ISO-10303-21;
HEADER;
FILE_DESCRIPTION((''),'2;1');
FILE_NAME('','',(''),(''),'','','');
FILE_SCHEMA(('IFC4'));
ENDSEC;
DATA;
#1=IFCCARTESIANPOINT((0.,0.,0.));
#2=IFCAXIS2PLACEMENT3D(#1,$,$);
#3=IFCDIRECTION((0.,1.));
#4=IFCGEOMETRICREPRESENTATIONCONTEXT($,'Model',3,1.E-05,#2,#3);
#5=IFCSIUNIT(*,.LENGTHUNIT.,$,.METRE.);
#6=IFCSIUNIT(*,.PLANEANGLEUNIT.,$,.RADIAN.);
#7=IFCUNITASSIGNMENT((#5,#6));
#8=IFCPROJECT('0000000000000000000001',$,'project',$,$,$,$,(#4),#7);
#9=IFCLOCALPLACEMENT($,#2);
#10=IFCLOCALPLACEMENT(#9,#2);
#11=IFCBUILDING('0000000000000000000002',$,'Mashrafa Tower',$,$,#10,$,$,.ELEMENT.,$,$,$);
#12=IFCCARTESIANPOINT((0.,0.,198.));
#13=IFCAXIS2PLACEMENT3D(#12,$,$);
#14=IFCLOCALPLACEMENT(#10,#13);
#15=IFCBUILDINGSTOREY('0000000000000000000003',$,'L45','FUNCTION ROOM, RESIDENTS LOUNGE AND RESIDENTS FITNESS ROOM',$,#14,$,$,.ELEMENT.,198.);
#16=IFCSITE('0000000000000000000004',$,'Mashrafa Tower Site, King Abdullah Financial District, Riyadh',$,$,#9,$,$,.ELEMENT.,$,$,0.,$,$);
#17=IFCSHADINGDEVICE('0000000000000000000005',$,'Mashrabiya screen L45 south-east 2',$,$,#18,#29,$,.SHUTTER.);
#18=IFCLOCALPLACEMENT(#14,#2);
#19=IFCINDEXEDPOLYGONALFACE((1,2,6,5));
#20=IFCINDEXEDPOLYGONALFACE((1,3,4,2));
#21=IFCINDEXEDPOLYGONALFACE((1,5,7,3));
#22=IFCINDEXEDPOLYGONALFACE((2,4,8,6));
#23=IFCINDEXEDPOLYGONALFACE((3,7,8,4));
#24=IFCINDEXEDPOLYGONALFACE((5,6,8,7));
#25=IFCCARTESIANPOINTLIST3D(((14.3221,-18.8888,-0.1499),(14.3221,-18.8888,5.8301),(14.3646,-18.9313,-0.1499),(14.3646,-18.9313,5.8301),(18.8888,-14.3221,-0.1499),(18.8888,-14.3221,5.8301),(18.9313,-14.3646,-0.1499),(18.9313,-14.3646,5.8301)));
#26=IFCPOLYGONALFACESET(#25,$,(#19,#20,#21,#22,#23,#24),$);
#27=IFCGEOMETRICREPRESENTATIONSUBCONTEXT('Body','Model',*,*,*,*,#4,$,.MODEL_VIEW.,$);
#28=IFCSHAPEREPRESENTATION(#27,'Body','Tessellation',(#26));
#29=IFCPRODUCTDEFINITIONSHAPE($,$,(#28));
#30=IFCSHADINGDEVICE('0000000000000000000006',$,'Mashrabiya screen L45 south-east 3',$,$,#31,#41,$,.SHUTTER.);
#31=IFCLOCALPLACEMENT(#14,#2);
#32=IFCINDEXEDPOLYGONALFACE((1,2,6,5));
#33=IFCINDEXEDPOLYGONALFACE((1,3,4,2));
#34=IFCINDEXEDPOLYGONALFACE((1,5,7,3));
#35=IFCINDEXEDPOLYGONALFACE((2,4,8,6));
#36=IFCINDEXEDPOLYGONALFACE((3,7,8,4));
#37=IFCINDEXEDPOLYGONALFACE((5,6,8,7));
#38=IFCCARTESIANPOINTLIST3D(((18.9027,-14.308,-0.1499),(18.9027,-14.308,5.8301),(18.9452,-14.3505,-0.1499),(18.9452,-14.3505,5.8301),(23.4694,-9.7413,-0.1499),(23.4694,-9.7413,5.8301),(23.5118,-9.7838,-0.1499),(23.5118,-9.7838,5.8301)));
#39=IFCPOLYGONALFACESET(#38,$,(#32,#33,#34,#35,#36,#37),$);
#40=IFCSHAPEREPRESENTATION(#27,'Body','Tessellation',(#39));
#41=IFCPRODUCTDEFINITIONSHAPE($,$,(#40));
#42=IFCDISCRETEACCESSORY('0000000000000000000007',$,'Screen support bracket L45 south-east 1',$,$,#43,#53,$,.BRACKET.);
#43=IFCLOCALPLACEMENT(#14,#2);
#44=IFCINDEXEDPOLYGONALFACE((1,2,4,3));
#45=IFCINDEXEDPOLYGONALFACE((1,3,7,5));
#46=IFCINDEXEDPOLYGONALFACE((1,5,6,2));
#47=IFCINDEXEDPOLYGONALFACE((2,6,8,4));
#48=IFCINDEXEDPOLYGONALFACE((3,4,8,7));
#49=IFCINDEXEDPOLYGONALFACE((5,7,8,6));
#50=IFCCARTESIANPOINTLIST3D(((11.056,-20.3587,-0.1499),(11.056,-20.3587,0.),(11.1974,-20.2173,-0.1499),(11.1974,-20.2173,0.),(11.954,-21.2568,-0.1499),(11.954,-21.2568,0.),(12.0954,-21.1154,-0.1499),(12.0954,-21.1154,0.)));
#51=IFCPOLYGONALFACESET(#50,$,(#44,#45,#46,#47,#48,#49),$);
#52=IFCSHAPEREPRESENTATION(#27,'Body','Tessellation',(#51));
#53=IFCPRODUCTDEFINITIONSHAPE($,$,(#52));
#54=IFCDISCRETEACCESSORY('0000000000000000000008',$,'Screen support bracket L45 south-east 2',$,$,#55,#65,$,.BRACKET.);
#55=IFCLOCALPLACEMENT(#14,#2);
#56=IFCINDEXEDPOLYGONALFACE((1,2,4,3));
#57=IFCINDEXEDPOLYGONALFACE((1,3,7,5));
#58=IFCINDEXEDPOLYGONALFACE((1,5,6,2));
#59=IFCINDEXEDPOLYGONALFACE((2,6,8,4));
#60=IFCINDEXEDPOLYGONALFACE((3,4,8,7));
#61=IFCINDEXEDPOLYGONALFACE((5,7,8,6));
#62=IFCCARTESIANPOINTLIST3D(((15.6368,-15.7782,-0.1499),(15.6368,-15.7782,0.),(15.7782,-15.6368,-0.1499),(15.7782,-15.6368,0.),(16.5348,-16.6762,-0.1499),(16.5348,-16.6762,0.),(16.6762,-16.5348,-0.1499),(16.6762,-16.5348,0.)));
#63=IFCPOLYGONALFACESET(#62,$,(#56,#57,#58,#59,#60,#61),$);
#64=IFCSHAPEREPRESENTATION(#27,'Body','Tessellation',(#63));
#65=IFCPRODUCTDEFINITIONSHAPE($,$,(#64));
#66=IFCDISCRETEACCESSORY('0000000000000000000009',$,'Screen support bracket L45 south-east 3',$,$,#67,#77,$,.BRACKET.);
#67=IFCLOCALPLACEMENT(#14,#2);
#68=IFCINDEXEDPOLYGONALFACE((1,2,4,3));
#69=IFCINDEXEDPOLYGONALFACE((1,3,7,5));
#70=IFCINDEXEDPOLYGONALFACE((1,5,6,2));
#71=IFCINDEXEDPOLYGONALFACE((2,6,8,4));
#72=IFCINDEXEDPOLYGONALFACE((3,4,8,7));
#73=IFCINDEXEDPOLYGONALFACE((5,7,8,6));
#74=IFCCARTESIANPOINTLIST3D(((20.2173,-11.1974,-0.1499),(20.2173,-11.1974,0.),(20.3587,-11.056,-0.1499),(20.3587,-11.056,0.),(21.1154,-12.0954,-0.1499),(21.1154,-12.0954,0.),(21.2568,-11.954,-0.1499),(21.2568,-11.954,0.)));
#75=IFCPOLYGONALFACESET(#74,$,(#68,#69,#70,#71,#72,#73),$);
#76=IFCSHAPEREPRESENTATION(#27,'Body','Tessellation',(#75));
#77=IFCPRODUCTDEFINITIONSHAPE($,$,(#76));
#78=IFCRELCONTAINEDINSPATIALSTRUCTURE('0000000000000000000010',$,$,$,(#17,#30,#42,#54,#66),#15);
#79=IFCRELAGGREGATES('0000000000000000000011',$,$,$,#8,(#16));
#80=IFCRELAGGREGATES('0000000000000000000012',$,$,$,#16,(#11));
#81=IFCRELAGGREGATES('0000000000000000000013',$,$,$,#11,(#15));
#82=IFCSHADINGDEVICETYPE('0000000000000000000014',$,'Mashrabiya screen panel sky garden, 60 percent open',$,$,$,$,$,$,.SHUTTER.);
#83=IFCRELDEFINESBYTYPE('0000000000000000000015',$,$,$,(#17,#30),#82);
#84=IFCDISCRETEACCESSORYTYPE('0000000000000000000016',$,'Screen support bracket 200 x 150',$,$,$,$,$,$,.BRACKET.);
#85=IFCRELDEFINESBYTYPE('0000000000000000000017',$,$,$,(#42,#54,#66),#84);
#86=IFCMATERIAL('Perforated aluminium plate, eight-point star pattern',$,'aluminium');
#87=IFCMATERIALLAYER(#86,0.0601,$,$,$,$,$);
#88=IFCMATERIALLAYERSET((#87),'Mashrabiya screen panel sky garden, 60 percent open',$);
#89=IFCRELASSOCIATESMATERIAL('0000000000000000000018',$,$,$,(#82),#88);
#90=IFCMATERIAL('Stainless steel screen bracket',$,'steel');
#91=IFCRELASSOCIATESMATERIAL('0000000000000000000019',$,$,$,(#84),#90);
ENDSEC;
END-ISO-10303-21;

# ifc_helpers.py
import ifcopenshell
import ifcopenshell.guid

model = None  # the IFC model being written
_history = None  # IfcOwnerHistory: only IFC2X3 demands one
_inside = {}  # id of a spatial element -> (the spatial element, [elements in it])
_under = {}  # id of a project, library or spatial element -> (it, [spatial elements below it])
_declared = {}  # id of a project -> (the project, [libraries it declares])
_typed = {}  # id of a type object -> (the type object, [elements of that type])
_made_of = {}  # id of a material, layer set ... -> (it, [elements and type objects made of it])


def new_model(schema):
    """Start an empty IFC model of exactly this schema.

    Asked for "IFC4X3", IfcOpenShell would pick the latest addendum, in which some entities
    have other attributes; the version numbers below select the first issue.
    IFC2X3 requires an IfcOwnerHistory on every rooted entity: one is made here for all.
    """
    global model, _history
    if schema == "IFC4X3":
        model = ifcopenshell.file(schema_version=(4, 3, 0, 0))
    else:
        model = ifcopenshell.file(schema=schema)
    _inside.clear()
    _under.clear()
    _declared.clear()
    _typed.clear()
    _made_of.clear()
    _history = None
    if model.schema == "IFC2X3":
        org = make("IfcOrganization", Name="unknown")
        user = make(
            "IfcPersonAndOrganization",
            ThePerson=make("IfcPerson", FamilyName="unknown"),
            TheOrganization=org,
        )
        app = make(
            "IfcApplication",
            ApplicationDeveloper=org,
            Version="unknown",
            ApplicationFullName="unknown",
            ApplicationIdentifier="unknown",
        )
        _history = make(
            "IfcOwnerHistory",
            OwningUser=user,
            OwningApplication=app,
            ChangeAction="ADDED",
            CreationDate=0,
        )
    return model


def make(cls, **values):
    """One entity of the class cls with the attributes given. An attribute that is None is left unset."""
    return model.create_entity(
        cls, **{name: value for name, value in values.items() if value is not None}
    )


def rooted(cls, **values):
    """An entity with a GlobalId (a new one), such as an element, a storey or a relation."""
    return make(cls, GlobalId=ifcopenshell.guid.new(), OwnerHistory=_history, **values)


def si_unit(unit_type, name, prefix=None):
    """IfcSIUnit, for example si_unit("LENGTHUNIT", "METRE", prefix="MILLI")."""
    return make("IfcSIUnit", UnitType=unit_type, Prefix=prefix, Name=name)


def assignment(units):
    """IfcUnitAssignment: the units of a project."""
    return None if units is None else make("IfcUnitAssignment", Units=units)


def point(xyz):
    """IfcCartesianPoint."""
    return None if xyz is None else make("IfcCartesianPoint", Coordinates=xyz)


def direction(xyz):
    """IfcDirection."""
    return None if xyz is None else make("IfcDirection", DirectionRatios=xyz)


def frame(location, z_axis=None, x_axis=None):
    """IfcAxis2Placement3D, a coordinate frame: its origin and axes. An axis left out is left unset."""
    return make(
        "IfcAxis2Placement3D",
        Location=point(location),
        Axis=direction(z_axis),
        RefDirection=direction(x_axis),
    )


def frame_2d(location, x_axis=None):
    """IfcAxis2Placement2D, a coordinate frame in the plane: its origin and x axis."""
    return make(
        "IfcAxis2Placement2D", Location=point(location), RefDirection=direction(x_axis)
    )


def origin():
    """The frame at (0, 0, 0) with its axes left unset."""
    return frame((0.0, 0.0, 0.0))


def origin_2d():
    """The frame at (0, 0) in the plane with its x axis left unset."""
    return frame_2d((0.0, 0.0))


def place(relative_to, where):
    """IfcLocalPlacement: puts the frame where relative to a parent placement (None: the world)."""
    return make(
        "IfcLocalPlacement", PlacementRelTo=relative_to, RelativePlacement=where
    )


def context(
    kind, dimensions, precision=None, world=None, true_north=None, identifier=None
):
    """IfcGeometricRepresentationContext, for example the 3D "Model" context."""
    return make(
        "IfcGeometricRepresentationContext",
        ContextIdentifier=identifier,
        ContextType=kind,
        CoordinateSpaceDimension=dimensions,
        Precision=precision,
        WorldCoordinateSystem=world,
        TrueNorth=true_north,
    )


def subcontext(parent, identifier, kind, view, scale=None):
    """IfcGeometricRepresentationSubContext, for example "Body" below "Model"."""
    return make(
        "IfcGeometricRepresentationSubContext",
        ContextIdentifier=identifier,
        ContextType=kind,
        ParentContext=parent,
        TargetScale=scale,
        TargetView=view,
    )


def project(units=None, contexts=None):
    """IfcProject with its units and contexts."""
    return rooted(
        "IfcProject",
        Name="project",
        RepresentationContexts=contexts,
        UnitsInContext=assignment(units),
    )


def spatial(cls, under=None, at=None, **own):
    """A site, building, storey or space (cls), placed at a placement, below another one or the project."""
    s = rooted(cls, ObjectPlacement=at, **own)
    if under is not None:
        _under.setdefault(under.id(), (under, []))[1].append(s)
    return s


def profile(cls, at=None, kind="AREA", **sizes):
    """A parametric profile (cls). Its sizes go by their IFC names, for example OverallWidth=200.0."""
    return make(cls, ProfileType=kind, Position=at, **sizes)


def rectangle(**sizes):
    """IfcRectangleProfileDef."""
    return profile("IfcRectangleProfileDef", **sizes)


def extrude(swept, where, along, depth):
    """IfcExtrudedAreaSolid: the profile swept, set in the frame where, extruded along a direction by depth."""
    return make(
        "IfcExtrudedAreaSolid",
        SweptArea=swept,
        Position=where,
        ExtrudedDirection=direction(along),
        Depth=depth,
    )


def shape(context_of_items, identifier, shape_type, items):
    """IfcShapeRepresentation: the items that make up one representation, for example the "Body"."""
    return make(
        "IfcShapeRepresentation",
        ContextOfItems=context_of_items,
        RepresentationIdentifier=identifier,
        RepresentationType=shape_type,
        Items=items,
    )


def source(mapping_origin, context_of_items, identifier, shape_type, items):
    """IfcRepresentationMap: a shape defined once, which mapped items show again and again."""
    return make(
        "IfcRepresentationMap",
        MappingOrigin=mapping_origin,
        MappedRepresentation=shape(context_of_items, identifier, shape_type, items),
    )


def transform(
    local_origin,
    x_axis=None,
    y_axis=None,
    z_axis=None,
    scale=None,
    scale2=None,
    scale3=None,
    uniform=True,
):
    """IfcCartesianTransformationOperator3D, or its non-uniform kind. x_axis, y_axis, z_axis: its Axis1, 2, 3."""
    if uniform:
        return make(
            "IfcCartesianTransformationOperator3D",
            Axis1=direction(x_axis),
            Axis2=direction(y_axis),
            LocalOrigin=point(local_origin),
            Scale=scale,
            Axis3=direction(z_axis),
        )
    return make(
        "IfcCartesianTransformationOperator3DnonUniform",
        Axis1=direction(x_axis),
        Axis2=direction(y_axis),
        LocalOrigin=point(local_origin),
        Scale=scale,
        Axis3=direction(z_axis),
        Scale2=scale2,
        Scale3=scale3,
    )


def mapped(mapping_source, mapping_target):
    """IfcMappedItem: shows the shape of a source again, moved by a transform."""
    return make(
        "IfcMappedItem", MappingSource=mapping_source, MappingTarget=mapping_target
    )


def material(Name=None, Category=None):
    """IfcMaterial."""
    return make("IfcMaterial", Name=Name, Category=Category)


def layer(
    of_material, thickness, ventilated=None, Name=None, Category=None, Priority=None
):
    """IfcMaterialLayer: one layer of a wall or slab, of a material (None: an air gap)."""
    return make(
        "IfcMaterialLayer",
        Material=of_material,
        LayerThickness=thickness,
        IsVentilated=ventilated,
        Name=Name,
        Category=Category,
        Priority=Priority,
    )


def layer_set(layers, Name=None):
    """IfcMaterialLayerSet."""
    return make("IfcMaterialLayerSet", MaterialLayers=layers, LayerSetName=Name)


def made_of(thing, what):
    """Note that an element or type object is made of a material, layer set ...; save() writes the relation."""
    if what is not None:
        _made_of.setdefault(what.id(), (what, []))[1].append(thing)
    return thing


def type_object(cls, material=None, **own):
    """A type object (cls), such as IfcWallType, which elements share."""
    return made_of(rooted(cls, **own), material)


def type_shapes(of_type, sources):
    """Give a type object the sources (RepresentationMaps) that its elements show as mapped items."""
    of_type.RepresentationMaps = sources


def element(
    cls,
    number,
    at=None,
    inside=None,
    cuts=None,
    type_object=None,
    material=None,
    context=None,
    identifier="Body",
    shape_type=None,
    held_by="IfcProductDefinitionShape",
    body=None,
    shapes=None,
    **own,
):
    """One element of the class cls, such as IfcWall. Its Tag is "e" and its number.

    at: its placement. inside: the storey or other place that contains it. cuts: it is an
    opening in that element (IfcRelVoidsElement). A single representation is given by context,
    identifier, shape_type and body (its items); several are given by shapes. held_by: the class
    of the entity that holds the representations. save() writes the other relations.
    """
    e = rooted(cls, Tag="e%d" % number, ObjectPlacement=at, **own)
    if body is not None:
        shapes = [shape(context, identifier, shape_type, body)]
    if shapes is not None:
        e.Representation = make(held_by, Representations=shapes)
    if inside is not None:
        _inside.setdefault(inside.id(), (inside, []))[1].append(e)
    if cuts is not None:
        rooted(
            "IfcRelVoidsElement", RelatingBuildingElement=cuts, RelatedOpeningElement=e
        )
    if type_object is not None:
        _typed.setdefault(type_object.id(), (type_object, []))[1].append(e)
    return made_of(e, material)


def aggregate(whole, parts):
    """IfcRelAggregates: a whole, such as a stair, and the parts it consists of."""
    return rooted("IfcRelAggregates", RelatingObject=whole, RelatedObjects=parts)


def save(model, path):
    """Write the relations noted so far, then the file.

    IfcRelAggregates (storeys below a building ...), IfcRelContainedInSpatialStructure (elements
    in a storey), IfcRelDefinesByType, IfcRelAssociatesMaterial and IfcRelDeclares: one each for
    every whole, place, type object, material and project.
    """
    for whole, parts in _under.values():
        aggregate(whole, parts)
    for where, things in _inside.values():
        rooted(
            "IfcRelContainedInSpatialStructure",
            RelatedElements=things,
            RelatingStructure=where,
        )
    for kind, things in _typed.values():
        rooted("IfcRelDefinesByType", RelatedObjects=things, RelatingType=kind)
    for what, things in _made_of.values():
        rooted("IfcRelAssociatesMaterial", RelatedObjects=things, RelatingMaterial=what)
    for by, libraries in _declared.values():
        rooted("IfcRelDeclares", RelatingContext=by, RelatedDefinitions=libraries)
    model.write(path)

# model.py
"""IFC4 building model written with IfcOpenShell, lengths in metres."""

from ifc_helpers import new_model, si_unit, direction, frame, origin, origin_2d, place, context, subcontext, project, spatial, rectangle, extrude, source, transform, mapped, material, layer, layer_set, type_object, type_shapes, element, save


model = new_model("IFC4")

# Units and contexts
model_context = context("Model", 3, precision=1e-05, world=origin(), true_north=direction((0.0, 1.0)))
body_context = subcontext(model_context, "Body", "Model", "MODEL_VIEW")
ifc_project = project(units=[si_unit("LENGTHUNIT", "METRE"), si_unit("PLANEANGLEUNIT", "RADIAN")], contexts=[model_context])

# Site, building, storey
site_placement = place(None, origin())
site = spatial("IfcSite", under=ifc_project, at=site_placement, Name="Mashrafa Tower Site, King Abdullah Financial District, Riyadh", CompositionType="ELEMENT", RefElevation=0.0)
building_placement = place(site_placement, origin())
building = spatial("IfcBuilding", under=site, at=building_placement, Name="Mashrafa Tower", CompositionType="ELEMENT")
storey_placement = place(building_placement, frame((0.0, 0.0, 198.0)))
storey = spatial("IfcBuildingStorey", under=building, at=storey_placement, Name="L45", Description="FUNCTION ROOM, RESIDENTS LOUNGE AND RESIDENTS FITNESS ROOM", CompositionType="ELEMENT", Elevation=198.0)

# Shading devices
ifc_material_1 = material(Name="Perforated aluminium plate, eight-point star pattern", Category="aluminium")
ifc_layer_1 = layer(ifc_material_1, 0.0601)
ifc_layer_set_1 = layer_set([ifc_layer_1], Name="Mashrabiya screen panel sky garden, 60 percent open")
shading_device_type = type_object("IfcShadingDeviceType", Name="Mashrabiya screen panel sky garden, 60 percent open", PredefinedType="SHUTTER", material=ifc_layer_set_1)
shared_shape_1 = source(origin(), body_context, "Body", "SweptSolid", [
    extrude(rectangle(XDim=6.4583, YDim=0.0601, at=origin_2d()), origin(), (0.0, 0.0, 1.0), 5.98),
])
type_shapes(shading_device_type, [shared_shape_1])
for number, where, z_axis, x_axis, name in (
    (1, (16.6267, -16.6267, -0.1499), (0.0, 0.0, 1.0), (0.707107, 0.707107, 0.0), "Mashrabiya screen L45 south-east 2"),
    (2, (21.2073, -12.0459, -0.1499), (0.0, 0.0, 1.0), (0.707107, 0.707107, 0.0), "Mashrabiya screen L45 south-east 3"),
):
    element("IfcShadingDevice", number, at=place(storey_placement, frame(where, z_axis=z_axis, x_axis=x_axis)), inside=storey, type_object=shading_device_type, Name=name, PredefinedType="SHUTTER", context=body_context, shape_type="MappedRepresentation", body=[
        mapped(shared_shape_1, transform((0.0, 0.0, 0.0))),
    ])

# Discrete accessories
ifc_material_2 = material(Name="Stainless steel screen bracket", Category="steel")
discrete_accessory_type = type_object("IfcDiscreteAccessoryType", Name="Screen support bracket 200 x 150", PredefinedType="BRACKET", material=ifc_material_2)
shared_shape_2 = source(origin(), body_context, "Body", "SweptSolid", [
    extrude(rectangle(XDim=0.2, YDim=1.27, at=origin_2d()), origin(), (0.0, 0.0, 1.0), 0.1499),
])
type_shapes(discrete_accessory_type, [shared_shape_2])
for number, where, z_axis, x_axis, name in (
    (3, (11.5757, -20.7371, -0.1499), (0.0, 0.0, 1.0), (0.707107, 0.707107, 0.0), "Screen support bracket L45 south-east 1"),
    (4, (16.1565, -16.1565, -0.1499), (0.0, 0.0, 1.0), (0.707107, 0.707107, 0.0), "Screen support bracket L45 south-east 2"),
    (5, (20.7371, -11.5757, -0.1499), (0.0, 0.0, 1.0), (0.707107, 0.707107, 0.0), "Screen support bracket L45 south-east 3"),
):
    element("IfcDiscreteAccessory", number, at=place(storey_placement, frame(where, z_axis=z_axis, x_axis=x_axis)), inside=storey, type_object=discrete_accessory_type, Name=name, PredefinedType="BRACKET", context=body_context, shape_type="MappedRepresentation", body=[
        mapped(shared_shape_2, transform((0.0, 0.0, 0.0))),
    ])

save(model, "model.ifc")
